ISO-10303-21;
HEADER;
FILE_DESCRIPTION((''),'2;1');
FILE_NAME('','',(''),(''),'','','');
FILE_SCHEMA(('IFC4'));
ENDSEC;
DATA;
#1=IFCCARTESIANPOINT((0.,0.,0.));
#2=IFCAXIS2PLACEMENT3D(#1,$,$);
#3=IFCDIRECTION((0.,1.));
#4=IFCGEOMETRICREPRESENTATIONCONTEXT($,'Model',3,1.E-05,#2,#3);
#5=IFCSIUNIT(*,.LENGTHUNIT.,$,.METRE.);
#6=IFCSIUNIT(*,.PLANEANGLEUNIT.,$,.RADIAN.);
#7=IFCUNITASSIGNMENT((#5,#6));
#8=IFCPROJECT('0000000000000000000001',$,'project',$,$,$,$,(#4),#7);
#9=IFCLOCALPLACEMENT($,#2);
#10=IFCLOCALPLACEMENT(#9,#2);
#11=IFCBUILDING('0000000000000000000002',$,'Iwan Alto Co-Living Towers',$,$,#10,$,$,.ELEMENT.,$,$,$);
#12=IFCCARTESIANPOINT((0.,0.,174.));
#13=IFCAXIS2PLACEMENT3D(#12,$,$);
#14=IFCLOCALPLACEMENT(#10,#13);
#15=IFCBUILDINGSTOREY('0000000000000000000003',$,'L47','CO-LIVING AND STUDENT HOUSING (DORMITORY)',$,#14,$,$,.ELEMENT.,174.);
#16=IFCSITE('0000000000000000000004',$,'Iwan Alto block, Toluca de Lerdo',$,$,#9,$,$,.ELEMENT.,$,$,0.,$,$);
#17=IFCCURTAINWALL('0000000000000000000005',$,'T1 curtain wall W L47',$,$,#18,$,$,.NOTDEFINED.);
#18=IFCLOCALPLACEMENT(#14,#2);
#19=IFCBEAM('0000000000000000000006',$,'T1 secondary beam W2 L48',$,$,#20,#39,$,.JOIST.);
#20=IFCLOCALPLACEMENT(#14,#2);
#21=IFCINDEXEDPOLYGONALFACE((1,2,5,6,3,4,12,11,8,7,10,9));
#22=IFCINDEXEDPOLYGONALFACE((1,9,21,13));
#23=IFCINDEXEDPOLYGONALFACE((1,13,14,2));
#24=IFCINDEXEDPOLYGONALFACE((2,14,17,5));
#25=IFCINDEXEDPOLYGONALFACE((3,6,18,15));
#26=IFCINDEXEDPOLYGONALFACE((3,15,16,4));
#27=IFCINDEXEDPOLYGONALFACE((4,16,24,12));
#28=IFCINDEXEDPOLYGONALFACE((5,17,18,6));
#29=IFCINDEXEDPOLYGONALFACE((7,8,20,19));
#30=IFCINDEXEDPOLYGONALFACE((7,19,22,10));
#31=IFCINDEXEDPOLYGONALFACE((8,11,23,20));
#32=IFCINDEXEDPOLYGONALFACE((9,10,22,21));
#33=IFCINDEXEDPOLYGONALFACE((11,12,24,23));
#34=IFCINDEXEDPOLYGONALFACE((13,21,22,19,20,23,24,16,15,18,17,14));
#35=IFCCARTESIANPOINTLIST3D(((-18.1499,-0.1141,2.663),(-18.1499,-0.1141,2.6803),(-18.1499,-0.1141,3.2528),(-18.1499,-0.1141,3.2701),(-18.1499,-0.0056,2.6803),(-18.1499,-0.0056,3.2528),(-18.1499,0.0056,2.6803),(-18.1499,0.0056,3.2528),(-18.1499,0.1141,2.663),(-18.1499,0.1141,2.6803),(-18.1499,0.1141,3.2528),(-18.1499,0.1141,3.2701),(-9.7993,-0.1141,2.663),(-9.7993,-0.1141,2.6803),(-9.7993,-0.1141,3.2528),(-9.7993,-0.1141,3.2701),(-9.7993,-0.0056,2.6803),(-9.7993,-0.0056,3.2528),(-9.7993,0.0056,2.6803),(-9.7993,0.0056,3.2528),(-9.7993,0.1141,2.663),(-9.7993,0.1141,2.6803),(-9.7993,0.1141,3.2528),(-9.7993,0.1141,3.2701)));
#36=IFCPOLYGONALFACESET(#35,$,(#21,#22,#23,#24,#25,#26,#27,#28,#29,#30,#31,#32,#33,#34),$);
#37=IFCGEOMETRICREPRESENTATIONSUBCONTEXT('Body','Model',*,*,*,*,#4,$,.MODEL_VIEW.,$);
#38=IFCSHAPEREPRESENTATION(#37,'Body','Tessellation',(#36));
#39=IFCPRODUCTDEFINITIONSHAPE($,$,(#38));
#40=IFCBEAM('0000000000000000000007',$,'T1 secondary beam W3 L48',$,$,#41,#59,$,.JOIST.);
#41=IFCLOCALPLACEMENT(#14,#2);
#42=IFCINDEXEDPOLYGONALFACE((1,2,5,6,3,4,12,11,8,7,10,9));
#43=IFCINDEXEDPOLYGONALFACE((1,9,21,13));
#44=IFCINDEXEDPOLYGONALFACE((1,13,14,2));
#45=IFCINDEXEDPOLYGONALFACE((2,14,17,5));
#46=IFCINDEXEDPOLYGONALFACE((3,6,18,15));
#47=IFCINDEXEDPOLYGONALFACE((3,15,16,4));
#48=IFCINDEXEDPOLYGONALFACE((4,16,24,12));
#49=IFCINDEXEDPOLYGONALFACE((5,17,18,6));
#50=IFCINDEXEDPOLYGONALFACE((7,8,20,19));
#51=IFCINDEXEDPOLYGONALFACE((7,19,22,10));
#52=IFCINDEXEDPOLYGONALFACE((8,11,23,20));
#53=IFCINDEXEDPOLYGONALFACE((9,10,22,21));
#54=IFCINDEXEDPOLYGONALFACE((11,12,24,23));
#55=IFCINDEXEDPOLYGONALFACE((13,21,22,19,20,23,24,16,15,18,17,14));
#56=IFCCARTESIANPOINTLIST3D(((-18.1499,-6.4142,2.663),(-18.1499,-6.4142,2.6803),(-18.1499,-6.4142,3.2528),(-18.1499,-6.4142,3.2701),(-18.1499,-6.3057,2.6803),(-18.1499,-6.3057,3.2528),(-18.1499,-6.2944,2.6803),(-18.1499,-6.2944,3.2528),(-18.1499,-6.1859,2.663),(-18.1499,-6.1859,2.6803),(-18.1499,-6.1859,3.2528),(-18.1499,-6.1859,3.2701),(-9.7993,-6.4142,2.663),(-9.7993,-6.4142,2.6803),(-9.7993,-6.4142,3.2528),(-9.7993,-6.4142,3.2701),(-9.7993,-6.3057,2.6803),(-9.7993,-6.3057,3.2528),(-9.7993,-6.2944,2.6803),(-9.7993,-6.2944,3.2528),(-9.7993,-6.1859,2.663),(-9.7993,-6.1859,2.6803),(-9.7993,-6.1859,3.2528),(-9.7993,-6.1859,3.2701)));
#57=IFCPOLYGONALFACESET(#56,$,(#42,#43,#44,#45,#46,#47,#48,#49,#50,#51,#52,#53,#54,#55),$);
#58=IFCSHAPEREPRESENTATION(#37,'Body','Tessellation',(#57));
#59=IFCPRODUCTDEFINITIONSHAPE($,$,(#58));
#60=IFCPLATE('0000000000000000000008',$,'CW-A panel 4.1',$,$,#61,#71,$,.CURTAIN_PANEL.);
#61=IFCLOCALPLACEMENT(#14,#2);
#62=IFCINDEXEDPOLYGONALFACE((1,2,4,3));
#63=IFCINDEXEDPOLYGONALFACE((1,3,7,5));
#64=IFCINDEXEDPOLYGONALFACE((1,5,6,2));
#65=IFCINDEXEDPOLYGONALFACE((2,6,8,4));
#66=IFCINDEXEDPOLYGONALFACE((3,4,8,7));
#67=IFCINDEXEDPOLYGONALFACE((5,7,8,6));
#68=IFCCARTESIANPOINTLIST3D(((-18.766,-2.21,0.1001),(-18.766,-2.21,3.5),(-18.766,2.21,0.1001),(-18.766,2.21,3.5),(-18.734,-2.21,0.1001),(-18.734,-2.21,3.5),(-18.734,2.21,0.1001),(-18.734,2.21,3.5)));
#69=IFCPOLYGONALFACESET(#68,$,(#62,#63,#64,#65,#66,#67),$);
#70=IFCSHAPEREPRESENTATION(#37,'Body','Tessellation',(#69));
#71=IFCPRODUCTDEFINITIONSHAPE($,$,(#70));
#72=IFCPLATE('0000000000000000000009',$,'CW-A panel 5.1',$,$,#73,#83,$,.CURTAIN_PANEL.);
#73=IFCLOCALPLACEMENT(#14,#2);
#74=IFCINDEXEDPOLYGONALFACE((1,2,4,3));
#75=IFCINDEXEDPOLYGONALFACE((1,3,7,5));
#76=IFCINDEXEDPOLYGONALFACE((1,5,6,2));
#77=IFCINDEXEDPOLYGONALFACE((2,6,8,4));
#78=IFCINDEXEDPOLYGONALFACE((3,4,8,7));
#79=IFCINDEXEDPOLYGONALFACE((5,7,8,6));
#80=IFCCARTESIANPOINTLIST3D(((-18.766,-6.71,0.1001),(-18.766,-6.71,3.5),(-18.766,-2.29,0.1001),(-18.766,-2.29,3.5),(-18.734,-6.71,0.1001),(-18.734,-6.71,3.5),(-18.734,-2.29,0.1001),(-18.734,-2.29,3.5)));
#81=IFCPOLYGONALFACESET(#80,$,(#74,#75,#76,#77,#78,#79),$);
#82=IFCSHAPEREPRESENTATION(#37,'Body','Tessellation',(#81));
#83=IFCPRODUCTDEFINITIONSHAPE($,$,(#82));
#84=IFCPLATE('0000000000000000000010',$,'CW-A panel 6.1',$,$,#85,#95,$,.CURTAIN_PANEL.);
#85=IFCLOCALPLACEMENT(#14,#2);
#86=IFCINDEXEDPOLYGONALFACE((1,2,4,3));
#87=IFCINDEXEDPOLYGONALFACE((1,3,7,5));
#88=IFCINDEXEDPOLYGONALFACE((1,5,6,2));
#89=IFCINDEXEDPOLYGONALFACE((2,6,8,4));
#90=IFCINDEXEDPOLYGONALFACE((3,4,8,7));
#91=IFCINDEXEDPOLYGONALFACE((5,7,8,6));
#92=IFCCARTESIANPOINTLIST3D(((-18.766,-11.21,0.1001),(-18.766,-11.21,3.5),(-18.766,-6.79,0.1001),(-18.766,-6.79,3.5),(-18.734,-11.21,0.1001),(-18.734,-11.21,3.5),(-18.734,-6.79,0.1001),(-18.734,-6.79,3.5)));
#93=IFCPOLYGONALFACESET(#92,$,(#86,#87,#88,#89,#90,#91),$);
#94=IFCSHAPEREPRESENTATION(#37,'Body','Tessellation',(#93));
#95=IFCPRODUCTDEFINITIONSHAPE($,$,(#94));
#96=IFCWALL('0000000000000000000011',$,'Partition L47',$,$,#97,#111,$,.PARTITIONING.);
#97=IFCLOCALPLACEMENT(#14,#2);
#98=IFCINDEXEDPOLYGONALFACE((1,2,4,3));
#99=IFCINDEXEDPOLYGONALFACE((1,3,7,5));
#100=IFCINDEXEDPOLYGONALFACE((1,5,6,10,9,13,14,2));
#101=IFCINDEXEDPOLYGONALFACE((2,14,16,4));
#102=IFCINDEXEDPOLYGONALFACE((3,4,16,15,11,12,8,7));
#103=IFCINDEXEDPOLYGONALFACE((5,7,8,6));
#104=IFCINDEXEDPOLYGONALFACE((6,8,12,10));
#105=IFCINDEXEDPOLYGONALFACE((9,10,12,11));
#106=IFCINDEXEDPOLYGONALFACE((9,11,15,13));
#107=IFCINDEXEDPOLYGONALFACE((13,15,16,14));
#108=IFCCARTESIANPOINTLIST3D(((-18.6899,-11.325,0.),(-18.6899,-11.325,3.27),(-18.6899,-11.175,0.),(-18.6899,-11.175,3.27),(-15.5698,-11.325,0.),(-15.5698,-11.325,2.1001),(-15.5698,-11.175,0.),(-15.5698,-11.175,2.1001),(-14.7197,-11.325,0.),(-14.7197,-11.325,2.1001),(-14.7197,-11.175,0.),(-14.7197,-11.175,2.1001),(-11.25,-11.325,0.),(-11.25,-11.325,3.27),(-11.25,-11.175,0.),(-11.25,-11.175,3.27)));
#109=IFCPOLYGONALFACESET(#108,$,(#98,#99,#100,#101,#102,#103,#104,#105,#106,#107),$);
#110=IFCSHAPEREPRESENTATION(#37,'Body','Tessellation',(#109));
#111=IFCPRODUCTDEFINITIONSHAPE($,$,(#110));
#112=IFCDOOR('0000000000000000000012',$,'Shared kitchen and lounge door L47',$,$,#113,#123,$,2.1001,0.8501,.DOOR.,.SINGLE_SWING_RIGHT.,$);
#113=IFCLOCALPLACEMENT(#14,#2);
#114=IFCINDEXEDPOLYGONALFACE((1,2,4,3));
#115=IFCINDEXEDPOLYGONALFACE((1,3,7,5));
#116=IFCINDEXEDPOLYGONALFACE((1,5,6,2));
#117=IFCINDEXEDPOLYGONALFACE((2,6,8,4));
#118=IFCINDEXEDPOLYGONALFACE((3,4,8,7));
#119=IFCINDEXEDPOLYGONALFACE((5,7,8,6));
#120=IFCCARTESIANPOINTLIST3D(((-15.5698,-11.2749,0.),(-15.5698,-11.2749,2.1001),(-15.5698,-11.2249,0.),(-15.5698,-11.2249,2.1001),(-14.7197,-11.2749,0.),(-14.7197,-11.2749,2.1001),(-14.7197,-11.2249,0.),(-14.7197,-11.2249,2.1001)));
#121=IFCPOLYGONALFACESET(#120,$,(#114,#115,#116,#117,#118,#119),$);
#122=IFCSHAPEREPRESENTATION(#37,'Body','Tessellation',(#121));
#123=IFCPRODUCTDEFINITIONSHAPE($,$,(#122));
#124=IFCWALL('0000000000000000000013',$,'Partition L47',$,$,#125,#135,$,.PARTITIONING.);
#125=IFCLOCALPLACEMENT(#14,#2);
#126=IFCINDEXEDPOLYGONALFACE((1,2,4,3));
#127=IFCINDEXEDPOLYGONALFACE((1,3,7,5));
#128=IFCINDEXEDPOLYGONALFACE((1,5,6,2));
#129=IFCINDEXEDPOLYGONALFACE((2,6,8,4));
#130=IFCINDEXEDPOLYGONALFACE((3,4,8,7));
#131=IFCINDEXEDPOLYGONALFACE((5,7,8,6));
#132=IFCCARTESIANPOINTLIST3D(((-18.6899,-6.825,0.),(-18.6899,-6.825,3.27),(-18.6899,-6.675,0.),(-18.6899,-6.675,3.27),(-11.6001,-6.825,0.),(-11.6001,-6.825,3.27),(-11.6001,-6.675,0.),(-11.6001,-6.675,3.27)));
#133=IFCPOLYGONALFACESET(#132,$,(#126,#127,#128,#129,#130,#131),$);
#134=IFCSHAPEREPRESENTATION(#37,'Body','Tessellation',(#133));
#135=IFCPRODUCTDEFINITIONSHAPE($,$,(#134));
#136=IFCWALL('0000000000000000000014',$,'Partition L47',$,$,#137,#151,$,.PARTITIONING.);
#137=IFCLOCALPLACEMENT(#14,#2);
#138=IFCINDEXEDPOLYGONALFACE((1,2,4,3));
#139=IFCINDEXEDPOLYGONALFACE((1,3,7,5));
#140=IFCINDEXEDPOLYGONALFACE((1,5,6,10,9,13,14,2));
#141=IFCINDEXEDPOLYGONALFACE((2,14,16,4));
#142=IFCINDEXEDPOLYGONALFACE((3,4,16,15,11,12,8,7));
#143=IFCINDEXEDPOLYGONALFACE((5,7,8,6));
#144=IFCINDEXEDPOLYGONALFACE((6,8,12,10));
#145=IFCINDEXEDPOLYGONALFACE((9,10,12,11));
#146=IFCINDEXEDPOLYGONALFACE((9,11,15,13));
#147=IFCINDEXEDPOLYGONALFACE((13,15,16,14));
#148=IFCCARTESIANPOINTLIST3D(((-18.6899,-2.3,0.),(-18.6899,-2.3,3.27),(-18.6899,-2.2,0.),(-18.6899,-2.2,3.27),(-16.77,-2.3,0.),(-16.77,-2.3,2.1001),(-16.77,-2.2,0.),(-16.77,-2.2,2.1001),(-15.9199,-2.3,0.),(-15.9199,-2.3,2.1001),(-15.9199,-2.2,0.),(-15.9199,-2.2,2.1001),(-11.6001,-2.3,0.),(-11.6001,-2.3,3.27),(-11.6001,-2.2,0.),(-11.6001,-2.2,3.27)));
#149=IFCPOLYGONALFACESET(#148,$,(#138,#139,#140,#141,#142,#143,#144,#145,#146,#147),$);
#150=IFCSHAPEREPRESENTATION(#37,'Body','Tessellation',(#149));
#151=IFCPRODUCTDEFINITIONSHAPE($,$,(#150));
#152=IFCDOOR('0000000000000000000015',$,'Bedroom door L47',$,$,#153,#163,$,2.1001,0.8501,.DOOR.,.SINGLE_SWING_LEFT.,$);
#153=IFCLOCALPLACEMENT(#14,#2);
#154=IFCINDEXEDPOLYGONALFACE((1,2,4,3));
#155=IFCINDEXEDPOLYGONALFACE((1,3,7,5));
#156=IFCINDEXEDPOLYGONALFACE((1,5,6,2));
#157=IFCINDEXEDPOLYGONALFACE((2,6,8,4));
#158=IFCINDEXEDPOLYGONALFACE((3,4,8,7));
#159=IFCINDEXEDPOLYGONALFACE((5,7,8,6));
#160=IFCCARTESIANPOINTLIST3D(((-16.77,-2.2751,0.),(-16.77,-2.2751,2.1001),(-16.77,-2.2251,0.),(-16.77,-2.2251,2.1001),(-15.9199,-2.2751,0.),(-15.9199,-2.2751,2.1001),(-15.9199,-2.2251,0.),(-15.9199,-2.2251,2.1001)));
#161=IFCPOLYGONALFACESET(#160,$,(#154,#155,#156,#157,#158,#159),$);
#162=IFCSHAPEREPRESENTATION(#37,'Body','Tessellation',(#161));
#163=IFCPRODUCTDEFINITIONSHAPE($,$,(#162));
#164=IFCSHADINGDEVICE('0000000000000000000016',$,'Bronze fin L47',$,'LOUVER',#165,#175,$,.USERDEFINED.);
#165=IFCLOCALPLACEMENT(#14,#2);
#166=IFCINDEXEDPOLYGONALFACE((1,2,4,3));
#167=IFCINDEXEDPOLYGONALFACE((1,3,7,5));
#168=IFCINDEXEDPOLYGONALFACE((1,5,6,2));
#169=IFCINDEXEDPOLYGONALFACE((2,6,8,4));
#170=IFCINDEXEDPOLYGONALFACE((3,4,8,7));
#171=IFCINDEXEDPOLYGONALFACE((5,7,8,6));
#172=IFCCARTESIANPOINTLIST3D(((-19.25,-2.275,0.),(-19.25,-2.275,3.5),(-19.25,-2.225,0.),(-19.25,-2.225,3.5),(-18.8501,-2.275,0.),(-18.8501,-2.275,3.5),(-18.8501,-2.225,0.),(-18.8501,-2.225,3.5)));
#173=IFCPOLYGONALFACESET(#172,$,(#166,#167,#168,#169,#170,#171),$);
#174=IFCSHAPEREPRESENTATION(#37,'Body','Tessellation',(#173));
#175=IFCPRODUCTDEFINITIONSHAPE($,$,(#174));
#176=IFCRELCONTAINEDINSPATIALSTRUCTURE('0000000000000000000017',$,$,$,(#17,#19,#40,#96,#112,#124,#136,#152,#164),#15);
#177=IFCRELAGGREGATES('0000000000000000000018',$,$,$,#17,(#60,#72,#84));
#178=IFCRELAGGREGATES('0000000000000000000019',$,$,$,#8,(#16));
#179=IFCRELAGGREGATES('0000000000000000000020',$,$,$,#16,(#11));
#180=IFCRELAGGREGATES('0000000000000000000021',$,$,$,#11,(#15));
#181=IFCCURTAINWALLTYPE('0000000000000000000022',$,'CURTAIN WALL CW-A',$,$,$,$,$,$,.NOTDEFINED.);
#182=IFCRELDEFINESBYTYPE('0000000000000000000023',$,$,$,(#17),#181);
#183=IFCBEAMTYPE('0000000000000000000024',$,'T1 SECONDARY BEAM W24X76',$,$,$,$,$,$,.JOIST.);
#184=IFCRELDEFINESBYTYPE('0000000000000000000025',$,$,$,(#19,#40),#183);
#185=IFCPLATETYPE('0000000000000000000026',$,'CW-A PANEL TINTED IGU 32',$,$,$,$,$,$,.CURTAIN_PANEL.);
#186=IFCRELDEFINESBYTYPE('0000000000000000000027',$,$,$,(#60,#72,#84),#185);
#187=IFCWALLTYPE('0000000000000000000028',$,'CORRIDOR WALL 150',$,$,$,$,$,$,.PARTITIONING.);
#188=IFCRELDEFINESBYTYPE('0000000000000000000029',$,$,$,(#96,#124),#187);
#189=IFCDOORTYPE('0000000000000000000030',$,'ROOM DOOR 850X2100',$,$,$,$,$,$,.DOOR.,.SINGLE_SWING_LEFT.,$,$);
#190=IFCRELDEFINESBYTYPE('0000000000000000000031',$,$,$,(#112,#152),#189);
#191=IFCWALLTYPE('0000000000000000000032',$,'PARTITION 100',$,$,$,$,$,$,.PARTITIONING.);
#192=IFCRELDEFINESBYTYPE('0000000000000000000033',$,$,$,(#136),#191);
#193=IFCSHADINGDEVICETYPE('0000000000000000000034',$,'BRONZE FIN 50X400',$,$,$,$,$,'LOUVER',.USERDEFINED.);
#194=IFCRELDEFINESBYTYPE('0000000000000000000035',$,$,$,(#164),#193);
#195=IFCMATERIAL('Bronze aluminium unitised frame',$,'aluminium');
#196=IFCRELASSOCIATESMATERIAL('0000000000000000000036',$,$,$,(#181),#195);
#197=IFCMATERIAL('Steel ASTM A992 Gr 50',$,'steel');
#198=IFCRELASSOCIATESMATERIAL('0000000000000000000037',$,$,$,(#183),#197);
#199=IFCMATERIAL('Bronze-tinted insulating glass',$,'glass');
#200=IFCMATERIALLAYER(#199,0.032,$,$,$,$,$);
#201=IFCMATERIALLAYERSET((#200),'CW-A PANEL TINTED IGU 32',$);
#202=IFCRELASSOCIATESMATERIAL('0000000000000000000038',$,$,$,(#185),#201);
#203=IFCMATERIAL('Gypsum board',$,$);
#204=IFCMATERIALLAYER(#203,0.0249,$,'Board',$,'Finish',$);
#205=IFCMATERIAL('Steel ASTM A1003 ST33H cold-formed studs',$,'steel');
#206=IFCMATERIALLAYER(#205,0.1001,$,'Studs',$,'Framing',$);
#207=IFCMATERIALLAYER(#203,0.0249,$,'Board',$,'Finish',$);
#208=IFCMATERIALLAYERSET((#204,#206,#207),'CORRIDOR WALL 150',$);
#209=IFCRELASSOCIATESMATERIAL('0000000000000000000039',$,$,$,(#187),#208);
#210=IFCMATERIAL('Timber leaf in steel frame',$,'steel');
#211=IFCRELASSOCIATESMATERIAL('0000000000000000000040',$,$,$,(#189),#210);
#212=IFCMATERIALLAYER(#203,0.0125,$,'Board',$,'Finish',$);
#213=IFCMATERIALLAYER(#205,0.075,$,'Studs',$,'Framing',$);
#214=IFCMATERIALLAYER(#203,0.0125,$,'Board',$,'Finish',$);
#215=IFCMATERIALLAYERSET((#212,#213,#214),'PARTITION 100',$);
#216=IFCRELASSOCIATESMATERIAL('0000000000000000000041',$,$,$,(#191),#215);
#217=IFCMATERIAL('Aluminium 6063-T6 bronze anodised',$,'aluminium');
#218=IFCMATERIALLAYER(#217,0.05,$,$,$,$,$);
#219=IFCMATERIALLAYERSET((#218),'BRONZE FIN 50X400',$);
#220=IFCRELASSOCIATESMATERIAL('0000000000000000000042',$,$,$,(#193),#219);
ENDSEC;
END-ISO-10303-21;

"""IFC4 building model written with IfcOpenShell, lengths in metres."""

from ifc_helpers import new_model, si_unit, direction, frame, frame_2d, origin, origin_2d, place, context, subcontext, project, spatial, rectangle, i_section, extrude, material, layer, layer_set, material_profile, profile_set, type_object, element, fill, aggregate, save


model = new_model("IFC4")

# Units and contexts
model_context = context("Model", 3, precision=1e-05, world=origin(), true_north=direction((0.0, 1.0)))
body_context = subcontext(model_context, "Body", "Model", "MODEL_VIEW")
ifc_project = project(units=[si_unit("LENGTHUNIT", "METRE"), si_unit("PLANEANGLEUNIT", "RADIAN")], contexts=[model_context])

# Site, building, storey
site_placement = place(None, origin())
site = spatial("IfcSite", under=ifc_project, at=site_placement, Name="Iwan Alto block, Toluca de Lerdo", CompositionType="ELEMENT", RefElevation=0.0)
building_placement = place(site_placement, origin())
building = spatial("IfcBuilding", under=site, at=building_placement, Name="Iwan Alto Co-Living Towers", CompositionType="ELEMENT")
storey_placement = place(building_placement, frame((0.0, 0.0, 174.0)))
storey = spatial("IfcBuildingStorey", under=building, at=storey_placement, Name="L47", Description="CO-LIVING AND STUDENT HOUSING (DORMITORY)", CompositionType="ELEMENT", Elevation=174.0)

# Curtain wall
ifc_material_1 = material(Name="Bronze aluminium unitised frame", Category="aluminium")
curtain_wall_type = type_object("IfcCurtainWallType", Name="CURTAIN WALL CW-A", PredefinedType="NOTDEFINED", material=ifc_material_1)
curtain_wall_placement = place(storey_placement, origin())
curtain_wall = element("IfcCurtainWall", 1, at=curtain_wall_placement, inside=storey, type_object=curtain_wall_type, Name="T1 curtain wall W L47", PredefinedType="NOTDEFINED")

# Beams
ifc_material_2 = material(Name="Steel ASTM A992 Gr 50", Category="steel")
ifc_material_profile_1 = material_profile(ifc_material_2, i_section(OverallWidth=0.2283, OverallDepth=0.6072, WebThickness=0.0112, FlangeThickness=0.0173, at=origin_2d()), Name="W24X76")
ifc_profile_set_1 = profile_set([ifc_material_profile_1], Name="Steel ASTM A992 Gr 50")
beam_type_1 = type_object("IfcBeamType", Name="T1 SECONDARY BEAM W24X76", PredefinedType="JOIST", material=ifc_profile_set_1)
for number, where, z_axis, x_axis, name in (
    (2, (-18.1499, 0.0, 2.9666), (1.0, 0.0, 0.0), (0.0, 1.0, 0.0), "T1 secondary beam W2 L48"),
    (3, (-18.1499, -6.3, 2.9666), (1.0, 0.0, 0.0), (0.0, 1.0, 0.0), "T1 secondary beam W3 L48"),
):
    element("IfcBeam", number, at=place(storey_placement, frame(where, z_axis=z_axis, x_axis=x_axis)), inside=storey, type_object=beam_type_1, Name=name, PredefinedType="JOIST", context=body_context, shape_type="SweptSolid", body=[
        extrude(i_section(OverallWidth=0.2283, OverallDepth=0.6072, WebThickness=0.0112, FlangeThickness=0.0173, at=origin_2d()), origin(), (0.0, 0.0, 1.0), 8.3506),
    ])

# Plates
ifc_material_3 = material(Name="Bronze-tinted insulating glass", Category="glass")
ifc_layer_1 = layer(ifc_material_3, 0.032)
ifc_layer_set_1 = layer_set([ifc_layer_1], Name="CW-A PANEL TINTED IGU 32")
plate_type = type_object("IfcPlateType", Name="CW-A PANEL TINTED IGU 32", PredefinedType="CURTAIN_PANEL", material=ifc_layer_set_1)
plate_1_placement = place(storey_placement, frame((-18.75, 0.0, 0.1001), z_axis=(0.0, 0.0, 1.0), x_axis=(0.0, -1.0, 0.0)))
plate_1 = element("IfcPlate", 4, at=plate_1_placement, type_object=plate_type, Name="CW-A panel 4.1", PredefinedType="CURTAIN_PANEL", context=body_context, shape_type="SweptSolid", body=[
    extrude(rectangle(XDim=4.4199, YDim=0.032, at=origin_2d()), origin(), (0.0, 0.0, 1.0), 3.3999),
])
plate_2_placement = place(storey_placement, frame((-18.75, -4.5, 0.1001), z_axis=(0.0, 0.0, 1.0), x_axis=(0.0, -1.0, 0.0)))
plate_2 = element("IfcPlate", 5, at=plate_2_placement, type_object=plate_type, Name="CW-A panel 5.1", PredefinedType="CURTAIN_PANEL", context=body_context, shape_type="SweptSolid", body=[
    extrude(rectangle(XDim=4.4199, YDim=0.032, at=origin_2d()), origin(), (0.0, 0.0, 1.0), 3.3999),
])
plate_3_placement = place(storey_placement, frame((-18.75, -9.0, 0.1001), z_axis=(0.0, 0.0, 1.0), x_axis=(0.0, -1.0, 0.0)))
plate_3 = element("IfcPlate", 6, at=plate_3_placement, type_object=plate_type, Name="CW-A panel 6.1", PredefinedType="CURTAIN_PANEL", context=body_context, shape_type="SweptSolid", body=[
    extrude(rectangle(XDim=4.4199, YDim=0.032, at=origin_2d()), origin(), (0.0, 0.0, 1.0), 3.3999),
])
aggregate(curtain_wall, [plate_1, plate_2, plate_3])

# Wall, opening, door
ifc_material_4 = material(Name="Gypsum board")
ifc_layer_2 = layer(ifc_material_4, 0.0249, Name="Board", Category="Finish")
ifc_material_5 = material(Name="Steel ASTM A1003 ST33H cold-formed studs", Category="steel")
ifc_layer_3 = layer(ifc_material_5, 0.1001, Name="Studs", Category="Framing")
ifc_layer_4 = layer(ifc_material_4, 0.0249, Name="Board", Category="Finish")
ifc_layer_set_2 = layer_set([ifc_layer_2, ifc_layer_3, ifc_layer_4], Name="CORRIDOR WALL 150")
wall_type_1 = type_object("IfcWallType", Name="CORRIDOR WALL 150", PredefinedType="PARTITIONING", material=ifc_layer_set_2)
wall_1_placement = place(storey_placement, frame((-18.6899, -11.25, 0.0), z_axis=(0.0, 0.0, 1.0), x_axis=(1.0, 0.0, 0.0)))
wall_1 = element("IfcWall", 7, at=wall_1_placement, inside=storey, type_object=wall_type_1, Name="Partition L47", PredefinedType="PARTITIONING", context=body_context, shape_type="SweptSolid", body=[
    extrude(rectangle(XDim=7.4399, YDim=0.1499, at=frame_2d((3.72, 0.0))), origin(), (0.0, 0.0, 1.0), 3.27),
])
opening_1_placement = place(wall_1_placement, frame((3.1201, 0.0, 0.0)))
opening_1 = element("IfcOpeningElement", 8, at=opening_1_placement, cuts=wall_1, PredefinedType="OPENING", context=body_context, shape_type="SweptSolid", body=[
    extrude(rectangle(XDim=0.8501, YDim=2.1001, at=frame_2d((0.425, 1.05))), frame((0.0, 0.085, 0.0), z_axis=(0.0, -1.0, 0.0), x_axis=(1.0, 0.0, 0.0)), (0.0, 0.0, 1.0), 0.1699),
])
ifc_material_6 = material(Name="Timber leaf in steel frame", Category="steel")
door_type = type_object("IfcDoorType", Name="ROOM DOOR 850X2100", OperationType="SINGLE_SWING_LEFT", PredefinedType="DOOR", material=ifc_material_6)
door_1_placement = place(opening_1_placement, frame((0.8501, 0.0, 0.0), z_axis=(0.0, 0.0, 1.0), x_axis=(-1.0, 0.0, 0.0)))
door_1 = element("IfcDoor", 9, at=door_1_placement, inside=storey, type_object=door_type, Name="Shared kitchen and lounge door L47", OperationType="SINGLE_SWING_RIGHT", OverallHeight=2.1001, OverallWidth=0.8501, PredefinedType="DOOR", context=body_context, shape_type="SweptSolid", body=[
    extrude(rectangle(XDim=0.8501, YDim=2.1001, at=frame_2d((0.425, 1.05))), frame((0.0, 0.0249, 0.0), z_axis=(0.0, -1.0, 0.0), x_axis=(1.0, 0.0, 0.0)), (0.0, 0.0, 1.0), 0.05),
])
fill(opening_1, door_1)

# Wall
wall_2_placement = place(storey_placement, frame((-18.6899, -6.75, 0.0), z_axis=(0.0, 0.0, 1.0), x_axis=(1.0, 0.0, 0.0)))
element("IfcWall", 10, at=wall_2_placement, inside=storey, type_object=wall_type_1, Name="Partition L47", PredefinedType="PARTITIONING", context=body_context, shape_type="SweptSolid", body=[
    extrude(rectangle(XDim=7.0898, YDim=0.1499, at=frame_2d((3.5449, 0.0))), origin(), (0.0, 0.0, 1.0), 3.27),
])

# Wall, opening, door
ifc_layer_5 = layer(ifc_material_4, 0.0125, Name="Board", Category="Finish")
ifc_layer_6 = layer(ifc_material_5, 0.075, Name="Studs", Category="Framing")
ifc_layer_7 = layer(ifc_material_4, 0.0125, Name="Board", Category="Finish")
ifc_layer_set_3 = layer_set([ifc_layer_5, ifc_layer_6, ifc_layer_7], Name="PARTITION 100")
wall_type_2 = type_object("IfcWallType", Name="PARTITION 100", PredefinedType="PARTITIONING", material=ifc_layer_set_3)
wall_3_placement = place(storey_placement, frame((-18.6899, -2.25, 0.0), z_axis=(0.0, 0.0, 1.0), x_axis=(1.0, 0.0, 0.0)))
wall_3 = element("IfcWall", 11, at=wall_3_placement, inside=storey, type_object=wall_type_2, Name="Partition L47", PredefinedType="PARTITIONING", context=body_context, shape_type="SweptSolid", body=[
    extrude(rectangle(XDim=7.0898, YDim=0.1001, at=frame_2d((3.5449, 0.0))), origin(), (0.0, 0.0, 1.0), 3.27),
])
opening_2_placement = place(wall_3_placement, frame((1.9199, 0.0, 0.0)))
opening_2 = element("IfcOpeningElement", 12, at=opening_2_placement, cuts=wall_3, PredefinedType="OPENING", context=body_context, shape_type="SweptSolid", body=[
    extrude(rectangle(XDim=0.8501, YDim=2.1001, at=frame_2d((0.425, 1.05))), frame((0.0, 0.0601, 0.0), z_axis=(0.0, -1.0, 0.0), x_axis=(1.0, 0.0, 0.0)), (0.0, 0.0, 1.0), 0.1201),
])
door_2_placement = place(opening_2_placement, origin())
door_2 = element("IfcDoor", 13, at=door_2_placement, inside=storey, type_object=door_type, Name="Bedroom door L47", OperationType="SINGLE_SWING_LEFT", OverallHeight=2.1001, OverallWidth=0.8501, PredefinedType="DOOR", context=body_context, shape_type="SweptSolid", body=[
    extrude(rectangle(XDim=0.8501, YDim=2.1001, at=frame_2d((0.425, 1.05))), frame((0.0, 0.0249, 0.0), z_axis=(0.0, -1.0, 0.0), x_axis=(1.0, 0.0, 0.0)), (0.0, 0.0, 1.0), 0.05),
])
fill(opening_2, door_2)

# Shading device
ifc_material_7 = material(Name="Aluminium 6063-T6 bronze anodised", Category="aluminium")
ifc_layer_8 = layer(ifc_material_7, 0.05)
ifc_layer_set_4 = layer_set([ifc_layer_8], Name="BRONZE FIN 50X400")
shading_device_type = type_object("IfcShadingDeviceType", Name="BRONZE FIN 50X400", ElementType="LOUVER", PredefinedType="USERDEFINED", material=ifc_layer_set_4)
shading_device_placement = place(storey_placement, frame((-19.05, -2.25, 0.0), z_axis=(0.0, 0.0, 1.0), x_axis=(0.0, -1.0, 0.0)))
element("IfcShadingDevice", 14, at=shading_device_placement, inside=storey, type_object=shading_device_type, Name="Bronze fin L47", ObjectType="LOUVER", PredefinedType="USERDEFINED", context=body_context, shape_type="SweptSolid", body=[
    extrude(rectangle(XDim=0.05, YDim=0.3999, at=origin_2d()), origin(), (0.0, 0.0, 1.0), 3.5),
])

save(model, "model.ifc")
